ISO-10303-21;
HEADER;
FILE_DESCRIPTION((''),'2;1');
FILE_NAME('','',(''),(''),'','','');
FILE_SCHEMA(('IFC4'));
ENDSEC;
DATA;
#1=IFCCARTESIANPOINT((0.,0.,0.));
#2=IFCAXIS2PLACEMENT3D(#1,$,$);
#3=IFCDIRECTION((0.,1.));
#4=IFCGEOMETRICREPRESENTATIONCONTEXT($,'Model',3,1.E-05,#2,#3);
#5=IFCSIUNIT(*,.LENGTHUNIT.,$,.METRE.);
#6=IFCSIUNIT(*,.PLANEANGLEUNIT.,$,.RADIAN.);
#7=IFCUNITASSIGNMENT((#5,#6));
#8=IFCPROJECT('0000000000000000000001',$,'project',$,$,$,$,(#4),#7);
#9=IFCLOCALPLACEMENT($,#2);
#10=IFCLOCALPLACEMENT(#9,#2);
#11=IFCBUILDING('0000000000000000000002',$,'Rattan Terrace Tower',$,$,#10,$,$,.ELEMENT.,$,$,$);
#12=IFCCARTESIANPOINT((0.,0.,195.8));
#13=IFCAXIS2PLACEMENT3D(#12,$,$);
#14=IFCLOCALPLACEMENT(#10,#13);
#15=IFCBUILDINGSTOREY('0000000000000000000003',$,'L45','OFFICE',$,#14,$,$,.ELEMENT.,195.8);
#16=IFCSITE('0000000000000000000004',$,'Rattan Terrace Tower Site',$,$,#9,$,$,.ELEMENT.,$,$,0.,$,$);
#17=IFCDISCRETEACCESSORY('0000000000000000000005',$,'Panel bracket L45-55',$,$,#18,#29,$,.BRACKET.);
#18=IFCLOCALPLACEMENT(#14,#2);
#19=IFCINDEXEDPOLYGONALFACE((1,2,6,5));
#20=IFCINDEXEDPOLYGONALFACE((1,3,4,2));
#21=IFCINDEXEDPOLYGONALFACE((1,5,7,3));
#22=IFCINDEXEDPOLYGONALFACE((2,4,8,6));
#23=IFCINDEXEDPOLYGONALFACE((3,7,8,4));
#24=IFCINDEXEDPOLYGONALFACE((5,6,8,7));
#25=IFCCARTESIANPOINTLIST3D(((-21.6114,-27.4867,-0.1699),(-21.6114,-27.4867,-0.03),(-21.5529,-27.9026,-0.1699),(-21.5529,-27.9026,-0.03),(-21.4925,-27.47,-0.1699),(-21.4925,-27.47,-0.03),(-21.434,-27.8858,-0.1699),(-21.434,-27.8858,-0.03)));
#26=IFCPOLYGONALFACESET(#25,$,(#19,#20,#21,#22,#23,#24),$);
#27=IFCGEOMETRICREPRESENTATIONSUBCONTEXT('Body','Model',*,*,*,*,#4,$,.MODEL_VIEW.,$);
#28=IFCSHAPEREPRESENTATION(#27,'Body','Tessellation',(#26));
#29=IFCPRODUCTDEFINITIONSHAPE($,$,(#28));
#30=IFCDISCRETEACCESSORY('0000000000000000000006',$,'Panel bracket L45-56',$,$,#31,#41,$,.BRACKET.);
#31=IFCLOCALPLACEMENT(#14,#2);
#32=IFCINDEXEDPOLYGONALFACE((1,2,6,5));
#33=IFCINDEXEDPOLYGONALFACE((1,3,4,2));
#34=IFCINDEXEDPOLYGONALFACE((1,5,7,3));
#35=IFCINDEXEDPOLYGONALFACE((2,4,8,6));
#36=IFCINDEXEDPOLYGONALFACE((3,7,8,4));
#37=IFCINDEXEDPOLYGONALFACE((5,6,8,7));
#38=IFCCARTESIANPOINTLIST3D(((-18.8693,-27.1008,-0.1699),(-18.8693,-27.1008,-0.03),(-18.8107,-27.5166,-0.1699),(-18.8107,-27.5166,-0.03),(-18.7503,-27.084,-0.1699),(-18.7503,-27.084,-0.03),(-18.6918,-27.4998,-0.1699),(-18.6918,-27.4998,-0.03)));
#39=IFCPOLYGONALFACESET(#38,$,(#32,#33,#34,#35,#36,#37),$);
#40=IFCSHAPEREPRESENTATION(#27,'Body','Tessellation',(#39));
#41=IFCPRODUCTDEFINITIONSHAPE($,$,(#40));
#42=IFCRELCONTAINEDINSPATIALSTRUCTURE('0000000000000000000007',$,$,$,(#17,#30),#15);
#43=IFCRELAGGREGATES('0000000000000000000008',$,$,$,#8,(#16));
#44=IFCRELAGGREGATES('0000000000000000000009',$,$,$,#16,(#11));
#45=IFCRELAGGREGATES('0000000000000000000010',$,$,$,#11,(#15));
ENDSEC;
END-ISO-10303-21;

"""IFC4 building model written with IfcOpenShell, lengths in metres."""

from ifc_helpers import new_model, si_unit, direction, frame, origin, origin_2d, place, context, subcontext, project, spatial, rectangle, extrude, element, save


model = new_model("IFC4")

# Units and contexts
model_context = context("Model", 3, precision=1e-05, world=origin(), true_north=direction((0.0, 1.0)))
body_context = subcontext(model_context, "Body", "Model", "MODEL_VIEW")
ifc_project = project(units=[si_unit("LENGTHUNIT", "METRE"), si_unit("PLANEANGLEUNIT", "RADIAN")], contexts=[model_context])

# Site, building, storey
site_placement = place(None, origin())
site = spatial("IfcSite", under=ifc_project, at=site_placement, Name="Rattan Terrace Tower Site", CompositionType="ELEMENT", RefElevation=0.0)
building_placement = place(site_placement, origin())
building = spatial("IfcBuilding", under=site, at=building_placement, Name="Rattan Terrace Tower", CompositionType="ELEMENT")
storey_placement = place(building_placement, frame((0.0, 0.0, 195.8)))
storey = spatial("IfcBuildingStorey", under=building, at=storey_placement, Name="L45", Description="OFFICE", CompositionType="ELEMENT", Elevation=195.8)

# Discrete accessories
for number, where, z_axis, x_axis, name in (
    (1, (-21.5227, -27.6863, -0.1699), (0.0, 0.0, 1.0), (0.990241, 0.139367, 0.0), "Panel bracket L45-55"),
    (2, (-18.7805, -27.3003, -0.1699), (0.0, 0.0, 1.0), (0.990241, 0.139367, 0.0), "Panel bracket L45-56"),
):
    element("IfcDiscreteAccessory", number, at=place(storey_placement, frame(where, z_axis=z_axis, x_axis=x_axis)), inside=storey, Name=name, PredefinedType="BRACKET", context=body_context, shape_type="SweptSolid", body=[
        extrude(rectangle(XDim=0.1201, YDim=0.4199, at=origin_2d()), origin(), (0.0, 0.0, 1.0), 0.1399),
    ])

save(model, "model.ifc")
